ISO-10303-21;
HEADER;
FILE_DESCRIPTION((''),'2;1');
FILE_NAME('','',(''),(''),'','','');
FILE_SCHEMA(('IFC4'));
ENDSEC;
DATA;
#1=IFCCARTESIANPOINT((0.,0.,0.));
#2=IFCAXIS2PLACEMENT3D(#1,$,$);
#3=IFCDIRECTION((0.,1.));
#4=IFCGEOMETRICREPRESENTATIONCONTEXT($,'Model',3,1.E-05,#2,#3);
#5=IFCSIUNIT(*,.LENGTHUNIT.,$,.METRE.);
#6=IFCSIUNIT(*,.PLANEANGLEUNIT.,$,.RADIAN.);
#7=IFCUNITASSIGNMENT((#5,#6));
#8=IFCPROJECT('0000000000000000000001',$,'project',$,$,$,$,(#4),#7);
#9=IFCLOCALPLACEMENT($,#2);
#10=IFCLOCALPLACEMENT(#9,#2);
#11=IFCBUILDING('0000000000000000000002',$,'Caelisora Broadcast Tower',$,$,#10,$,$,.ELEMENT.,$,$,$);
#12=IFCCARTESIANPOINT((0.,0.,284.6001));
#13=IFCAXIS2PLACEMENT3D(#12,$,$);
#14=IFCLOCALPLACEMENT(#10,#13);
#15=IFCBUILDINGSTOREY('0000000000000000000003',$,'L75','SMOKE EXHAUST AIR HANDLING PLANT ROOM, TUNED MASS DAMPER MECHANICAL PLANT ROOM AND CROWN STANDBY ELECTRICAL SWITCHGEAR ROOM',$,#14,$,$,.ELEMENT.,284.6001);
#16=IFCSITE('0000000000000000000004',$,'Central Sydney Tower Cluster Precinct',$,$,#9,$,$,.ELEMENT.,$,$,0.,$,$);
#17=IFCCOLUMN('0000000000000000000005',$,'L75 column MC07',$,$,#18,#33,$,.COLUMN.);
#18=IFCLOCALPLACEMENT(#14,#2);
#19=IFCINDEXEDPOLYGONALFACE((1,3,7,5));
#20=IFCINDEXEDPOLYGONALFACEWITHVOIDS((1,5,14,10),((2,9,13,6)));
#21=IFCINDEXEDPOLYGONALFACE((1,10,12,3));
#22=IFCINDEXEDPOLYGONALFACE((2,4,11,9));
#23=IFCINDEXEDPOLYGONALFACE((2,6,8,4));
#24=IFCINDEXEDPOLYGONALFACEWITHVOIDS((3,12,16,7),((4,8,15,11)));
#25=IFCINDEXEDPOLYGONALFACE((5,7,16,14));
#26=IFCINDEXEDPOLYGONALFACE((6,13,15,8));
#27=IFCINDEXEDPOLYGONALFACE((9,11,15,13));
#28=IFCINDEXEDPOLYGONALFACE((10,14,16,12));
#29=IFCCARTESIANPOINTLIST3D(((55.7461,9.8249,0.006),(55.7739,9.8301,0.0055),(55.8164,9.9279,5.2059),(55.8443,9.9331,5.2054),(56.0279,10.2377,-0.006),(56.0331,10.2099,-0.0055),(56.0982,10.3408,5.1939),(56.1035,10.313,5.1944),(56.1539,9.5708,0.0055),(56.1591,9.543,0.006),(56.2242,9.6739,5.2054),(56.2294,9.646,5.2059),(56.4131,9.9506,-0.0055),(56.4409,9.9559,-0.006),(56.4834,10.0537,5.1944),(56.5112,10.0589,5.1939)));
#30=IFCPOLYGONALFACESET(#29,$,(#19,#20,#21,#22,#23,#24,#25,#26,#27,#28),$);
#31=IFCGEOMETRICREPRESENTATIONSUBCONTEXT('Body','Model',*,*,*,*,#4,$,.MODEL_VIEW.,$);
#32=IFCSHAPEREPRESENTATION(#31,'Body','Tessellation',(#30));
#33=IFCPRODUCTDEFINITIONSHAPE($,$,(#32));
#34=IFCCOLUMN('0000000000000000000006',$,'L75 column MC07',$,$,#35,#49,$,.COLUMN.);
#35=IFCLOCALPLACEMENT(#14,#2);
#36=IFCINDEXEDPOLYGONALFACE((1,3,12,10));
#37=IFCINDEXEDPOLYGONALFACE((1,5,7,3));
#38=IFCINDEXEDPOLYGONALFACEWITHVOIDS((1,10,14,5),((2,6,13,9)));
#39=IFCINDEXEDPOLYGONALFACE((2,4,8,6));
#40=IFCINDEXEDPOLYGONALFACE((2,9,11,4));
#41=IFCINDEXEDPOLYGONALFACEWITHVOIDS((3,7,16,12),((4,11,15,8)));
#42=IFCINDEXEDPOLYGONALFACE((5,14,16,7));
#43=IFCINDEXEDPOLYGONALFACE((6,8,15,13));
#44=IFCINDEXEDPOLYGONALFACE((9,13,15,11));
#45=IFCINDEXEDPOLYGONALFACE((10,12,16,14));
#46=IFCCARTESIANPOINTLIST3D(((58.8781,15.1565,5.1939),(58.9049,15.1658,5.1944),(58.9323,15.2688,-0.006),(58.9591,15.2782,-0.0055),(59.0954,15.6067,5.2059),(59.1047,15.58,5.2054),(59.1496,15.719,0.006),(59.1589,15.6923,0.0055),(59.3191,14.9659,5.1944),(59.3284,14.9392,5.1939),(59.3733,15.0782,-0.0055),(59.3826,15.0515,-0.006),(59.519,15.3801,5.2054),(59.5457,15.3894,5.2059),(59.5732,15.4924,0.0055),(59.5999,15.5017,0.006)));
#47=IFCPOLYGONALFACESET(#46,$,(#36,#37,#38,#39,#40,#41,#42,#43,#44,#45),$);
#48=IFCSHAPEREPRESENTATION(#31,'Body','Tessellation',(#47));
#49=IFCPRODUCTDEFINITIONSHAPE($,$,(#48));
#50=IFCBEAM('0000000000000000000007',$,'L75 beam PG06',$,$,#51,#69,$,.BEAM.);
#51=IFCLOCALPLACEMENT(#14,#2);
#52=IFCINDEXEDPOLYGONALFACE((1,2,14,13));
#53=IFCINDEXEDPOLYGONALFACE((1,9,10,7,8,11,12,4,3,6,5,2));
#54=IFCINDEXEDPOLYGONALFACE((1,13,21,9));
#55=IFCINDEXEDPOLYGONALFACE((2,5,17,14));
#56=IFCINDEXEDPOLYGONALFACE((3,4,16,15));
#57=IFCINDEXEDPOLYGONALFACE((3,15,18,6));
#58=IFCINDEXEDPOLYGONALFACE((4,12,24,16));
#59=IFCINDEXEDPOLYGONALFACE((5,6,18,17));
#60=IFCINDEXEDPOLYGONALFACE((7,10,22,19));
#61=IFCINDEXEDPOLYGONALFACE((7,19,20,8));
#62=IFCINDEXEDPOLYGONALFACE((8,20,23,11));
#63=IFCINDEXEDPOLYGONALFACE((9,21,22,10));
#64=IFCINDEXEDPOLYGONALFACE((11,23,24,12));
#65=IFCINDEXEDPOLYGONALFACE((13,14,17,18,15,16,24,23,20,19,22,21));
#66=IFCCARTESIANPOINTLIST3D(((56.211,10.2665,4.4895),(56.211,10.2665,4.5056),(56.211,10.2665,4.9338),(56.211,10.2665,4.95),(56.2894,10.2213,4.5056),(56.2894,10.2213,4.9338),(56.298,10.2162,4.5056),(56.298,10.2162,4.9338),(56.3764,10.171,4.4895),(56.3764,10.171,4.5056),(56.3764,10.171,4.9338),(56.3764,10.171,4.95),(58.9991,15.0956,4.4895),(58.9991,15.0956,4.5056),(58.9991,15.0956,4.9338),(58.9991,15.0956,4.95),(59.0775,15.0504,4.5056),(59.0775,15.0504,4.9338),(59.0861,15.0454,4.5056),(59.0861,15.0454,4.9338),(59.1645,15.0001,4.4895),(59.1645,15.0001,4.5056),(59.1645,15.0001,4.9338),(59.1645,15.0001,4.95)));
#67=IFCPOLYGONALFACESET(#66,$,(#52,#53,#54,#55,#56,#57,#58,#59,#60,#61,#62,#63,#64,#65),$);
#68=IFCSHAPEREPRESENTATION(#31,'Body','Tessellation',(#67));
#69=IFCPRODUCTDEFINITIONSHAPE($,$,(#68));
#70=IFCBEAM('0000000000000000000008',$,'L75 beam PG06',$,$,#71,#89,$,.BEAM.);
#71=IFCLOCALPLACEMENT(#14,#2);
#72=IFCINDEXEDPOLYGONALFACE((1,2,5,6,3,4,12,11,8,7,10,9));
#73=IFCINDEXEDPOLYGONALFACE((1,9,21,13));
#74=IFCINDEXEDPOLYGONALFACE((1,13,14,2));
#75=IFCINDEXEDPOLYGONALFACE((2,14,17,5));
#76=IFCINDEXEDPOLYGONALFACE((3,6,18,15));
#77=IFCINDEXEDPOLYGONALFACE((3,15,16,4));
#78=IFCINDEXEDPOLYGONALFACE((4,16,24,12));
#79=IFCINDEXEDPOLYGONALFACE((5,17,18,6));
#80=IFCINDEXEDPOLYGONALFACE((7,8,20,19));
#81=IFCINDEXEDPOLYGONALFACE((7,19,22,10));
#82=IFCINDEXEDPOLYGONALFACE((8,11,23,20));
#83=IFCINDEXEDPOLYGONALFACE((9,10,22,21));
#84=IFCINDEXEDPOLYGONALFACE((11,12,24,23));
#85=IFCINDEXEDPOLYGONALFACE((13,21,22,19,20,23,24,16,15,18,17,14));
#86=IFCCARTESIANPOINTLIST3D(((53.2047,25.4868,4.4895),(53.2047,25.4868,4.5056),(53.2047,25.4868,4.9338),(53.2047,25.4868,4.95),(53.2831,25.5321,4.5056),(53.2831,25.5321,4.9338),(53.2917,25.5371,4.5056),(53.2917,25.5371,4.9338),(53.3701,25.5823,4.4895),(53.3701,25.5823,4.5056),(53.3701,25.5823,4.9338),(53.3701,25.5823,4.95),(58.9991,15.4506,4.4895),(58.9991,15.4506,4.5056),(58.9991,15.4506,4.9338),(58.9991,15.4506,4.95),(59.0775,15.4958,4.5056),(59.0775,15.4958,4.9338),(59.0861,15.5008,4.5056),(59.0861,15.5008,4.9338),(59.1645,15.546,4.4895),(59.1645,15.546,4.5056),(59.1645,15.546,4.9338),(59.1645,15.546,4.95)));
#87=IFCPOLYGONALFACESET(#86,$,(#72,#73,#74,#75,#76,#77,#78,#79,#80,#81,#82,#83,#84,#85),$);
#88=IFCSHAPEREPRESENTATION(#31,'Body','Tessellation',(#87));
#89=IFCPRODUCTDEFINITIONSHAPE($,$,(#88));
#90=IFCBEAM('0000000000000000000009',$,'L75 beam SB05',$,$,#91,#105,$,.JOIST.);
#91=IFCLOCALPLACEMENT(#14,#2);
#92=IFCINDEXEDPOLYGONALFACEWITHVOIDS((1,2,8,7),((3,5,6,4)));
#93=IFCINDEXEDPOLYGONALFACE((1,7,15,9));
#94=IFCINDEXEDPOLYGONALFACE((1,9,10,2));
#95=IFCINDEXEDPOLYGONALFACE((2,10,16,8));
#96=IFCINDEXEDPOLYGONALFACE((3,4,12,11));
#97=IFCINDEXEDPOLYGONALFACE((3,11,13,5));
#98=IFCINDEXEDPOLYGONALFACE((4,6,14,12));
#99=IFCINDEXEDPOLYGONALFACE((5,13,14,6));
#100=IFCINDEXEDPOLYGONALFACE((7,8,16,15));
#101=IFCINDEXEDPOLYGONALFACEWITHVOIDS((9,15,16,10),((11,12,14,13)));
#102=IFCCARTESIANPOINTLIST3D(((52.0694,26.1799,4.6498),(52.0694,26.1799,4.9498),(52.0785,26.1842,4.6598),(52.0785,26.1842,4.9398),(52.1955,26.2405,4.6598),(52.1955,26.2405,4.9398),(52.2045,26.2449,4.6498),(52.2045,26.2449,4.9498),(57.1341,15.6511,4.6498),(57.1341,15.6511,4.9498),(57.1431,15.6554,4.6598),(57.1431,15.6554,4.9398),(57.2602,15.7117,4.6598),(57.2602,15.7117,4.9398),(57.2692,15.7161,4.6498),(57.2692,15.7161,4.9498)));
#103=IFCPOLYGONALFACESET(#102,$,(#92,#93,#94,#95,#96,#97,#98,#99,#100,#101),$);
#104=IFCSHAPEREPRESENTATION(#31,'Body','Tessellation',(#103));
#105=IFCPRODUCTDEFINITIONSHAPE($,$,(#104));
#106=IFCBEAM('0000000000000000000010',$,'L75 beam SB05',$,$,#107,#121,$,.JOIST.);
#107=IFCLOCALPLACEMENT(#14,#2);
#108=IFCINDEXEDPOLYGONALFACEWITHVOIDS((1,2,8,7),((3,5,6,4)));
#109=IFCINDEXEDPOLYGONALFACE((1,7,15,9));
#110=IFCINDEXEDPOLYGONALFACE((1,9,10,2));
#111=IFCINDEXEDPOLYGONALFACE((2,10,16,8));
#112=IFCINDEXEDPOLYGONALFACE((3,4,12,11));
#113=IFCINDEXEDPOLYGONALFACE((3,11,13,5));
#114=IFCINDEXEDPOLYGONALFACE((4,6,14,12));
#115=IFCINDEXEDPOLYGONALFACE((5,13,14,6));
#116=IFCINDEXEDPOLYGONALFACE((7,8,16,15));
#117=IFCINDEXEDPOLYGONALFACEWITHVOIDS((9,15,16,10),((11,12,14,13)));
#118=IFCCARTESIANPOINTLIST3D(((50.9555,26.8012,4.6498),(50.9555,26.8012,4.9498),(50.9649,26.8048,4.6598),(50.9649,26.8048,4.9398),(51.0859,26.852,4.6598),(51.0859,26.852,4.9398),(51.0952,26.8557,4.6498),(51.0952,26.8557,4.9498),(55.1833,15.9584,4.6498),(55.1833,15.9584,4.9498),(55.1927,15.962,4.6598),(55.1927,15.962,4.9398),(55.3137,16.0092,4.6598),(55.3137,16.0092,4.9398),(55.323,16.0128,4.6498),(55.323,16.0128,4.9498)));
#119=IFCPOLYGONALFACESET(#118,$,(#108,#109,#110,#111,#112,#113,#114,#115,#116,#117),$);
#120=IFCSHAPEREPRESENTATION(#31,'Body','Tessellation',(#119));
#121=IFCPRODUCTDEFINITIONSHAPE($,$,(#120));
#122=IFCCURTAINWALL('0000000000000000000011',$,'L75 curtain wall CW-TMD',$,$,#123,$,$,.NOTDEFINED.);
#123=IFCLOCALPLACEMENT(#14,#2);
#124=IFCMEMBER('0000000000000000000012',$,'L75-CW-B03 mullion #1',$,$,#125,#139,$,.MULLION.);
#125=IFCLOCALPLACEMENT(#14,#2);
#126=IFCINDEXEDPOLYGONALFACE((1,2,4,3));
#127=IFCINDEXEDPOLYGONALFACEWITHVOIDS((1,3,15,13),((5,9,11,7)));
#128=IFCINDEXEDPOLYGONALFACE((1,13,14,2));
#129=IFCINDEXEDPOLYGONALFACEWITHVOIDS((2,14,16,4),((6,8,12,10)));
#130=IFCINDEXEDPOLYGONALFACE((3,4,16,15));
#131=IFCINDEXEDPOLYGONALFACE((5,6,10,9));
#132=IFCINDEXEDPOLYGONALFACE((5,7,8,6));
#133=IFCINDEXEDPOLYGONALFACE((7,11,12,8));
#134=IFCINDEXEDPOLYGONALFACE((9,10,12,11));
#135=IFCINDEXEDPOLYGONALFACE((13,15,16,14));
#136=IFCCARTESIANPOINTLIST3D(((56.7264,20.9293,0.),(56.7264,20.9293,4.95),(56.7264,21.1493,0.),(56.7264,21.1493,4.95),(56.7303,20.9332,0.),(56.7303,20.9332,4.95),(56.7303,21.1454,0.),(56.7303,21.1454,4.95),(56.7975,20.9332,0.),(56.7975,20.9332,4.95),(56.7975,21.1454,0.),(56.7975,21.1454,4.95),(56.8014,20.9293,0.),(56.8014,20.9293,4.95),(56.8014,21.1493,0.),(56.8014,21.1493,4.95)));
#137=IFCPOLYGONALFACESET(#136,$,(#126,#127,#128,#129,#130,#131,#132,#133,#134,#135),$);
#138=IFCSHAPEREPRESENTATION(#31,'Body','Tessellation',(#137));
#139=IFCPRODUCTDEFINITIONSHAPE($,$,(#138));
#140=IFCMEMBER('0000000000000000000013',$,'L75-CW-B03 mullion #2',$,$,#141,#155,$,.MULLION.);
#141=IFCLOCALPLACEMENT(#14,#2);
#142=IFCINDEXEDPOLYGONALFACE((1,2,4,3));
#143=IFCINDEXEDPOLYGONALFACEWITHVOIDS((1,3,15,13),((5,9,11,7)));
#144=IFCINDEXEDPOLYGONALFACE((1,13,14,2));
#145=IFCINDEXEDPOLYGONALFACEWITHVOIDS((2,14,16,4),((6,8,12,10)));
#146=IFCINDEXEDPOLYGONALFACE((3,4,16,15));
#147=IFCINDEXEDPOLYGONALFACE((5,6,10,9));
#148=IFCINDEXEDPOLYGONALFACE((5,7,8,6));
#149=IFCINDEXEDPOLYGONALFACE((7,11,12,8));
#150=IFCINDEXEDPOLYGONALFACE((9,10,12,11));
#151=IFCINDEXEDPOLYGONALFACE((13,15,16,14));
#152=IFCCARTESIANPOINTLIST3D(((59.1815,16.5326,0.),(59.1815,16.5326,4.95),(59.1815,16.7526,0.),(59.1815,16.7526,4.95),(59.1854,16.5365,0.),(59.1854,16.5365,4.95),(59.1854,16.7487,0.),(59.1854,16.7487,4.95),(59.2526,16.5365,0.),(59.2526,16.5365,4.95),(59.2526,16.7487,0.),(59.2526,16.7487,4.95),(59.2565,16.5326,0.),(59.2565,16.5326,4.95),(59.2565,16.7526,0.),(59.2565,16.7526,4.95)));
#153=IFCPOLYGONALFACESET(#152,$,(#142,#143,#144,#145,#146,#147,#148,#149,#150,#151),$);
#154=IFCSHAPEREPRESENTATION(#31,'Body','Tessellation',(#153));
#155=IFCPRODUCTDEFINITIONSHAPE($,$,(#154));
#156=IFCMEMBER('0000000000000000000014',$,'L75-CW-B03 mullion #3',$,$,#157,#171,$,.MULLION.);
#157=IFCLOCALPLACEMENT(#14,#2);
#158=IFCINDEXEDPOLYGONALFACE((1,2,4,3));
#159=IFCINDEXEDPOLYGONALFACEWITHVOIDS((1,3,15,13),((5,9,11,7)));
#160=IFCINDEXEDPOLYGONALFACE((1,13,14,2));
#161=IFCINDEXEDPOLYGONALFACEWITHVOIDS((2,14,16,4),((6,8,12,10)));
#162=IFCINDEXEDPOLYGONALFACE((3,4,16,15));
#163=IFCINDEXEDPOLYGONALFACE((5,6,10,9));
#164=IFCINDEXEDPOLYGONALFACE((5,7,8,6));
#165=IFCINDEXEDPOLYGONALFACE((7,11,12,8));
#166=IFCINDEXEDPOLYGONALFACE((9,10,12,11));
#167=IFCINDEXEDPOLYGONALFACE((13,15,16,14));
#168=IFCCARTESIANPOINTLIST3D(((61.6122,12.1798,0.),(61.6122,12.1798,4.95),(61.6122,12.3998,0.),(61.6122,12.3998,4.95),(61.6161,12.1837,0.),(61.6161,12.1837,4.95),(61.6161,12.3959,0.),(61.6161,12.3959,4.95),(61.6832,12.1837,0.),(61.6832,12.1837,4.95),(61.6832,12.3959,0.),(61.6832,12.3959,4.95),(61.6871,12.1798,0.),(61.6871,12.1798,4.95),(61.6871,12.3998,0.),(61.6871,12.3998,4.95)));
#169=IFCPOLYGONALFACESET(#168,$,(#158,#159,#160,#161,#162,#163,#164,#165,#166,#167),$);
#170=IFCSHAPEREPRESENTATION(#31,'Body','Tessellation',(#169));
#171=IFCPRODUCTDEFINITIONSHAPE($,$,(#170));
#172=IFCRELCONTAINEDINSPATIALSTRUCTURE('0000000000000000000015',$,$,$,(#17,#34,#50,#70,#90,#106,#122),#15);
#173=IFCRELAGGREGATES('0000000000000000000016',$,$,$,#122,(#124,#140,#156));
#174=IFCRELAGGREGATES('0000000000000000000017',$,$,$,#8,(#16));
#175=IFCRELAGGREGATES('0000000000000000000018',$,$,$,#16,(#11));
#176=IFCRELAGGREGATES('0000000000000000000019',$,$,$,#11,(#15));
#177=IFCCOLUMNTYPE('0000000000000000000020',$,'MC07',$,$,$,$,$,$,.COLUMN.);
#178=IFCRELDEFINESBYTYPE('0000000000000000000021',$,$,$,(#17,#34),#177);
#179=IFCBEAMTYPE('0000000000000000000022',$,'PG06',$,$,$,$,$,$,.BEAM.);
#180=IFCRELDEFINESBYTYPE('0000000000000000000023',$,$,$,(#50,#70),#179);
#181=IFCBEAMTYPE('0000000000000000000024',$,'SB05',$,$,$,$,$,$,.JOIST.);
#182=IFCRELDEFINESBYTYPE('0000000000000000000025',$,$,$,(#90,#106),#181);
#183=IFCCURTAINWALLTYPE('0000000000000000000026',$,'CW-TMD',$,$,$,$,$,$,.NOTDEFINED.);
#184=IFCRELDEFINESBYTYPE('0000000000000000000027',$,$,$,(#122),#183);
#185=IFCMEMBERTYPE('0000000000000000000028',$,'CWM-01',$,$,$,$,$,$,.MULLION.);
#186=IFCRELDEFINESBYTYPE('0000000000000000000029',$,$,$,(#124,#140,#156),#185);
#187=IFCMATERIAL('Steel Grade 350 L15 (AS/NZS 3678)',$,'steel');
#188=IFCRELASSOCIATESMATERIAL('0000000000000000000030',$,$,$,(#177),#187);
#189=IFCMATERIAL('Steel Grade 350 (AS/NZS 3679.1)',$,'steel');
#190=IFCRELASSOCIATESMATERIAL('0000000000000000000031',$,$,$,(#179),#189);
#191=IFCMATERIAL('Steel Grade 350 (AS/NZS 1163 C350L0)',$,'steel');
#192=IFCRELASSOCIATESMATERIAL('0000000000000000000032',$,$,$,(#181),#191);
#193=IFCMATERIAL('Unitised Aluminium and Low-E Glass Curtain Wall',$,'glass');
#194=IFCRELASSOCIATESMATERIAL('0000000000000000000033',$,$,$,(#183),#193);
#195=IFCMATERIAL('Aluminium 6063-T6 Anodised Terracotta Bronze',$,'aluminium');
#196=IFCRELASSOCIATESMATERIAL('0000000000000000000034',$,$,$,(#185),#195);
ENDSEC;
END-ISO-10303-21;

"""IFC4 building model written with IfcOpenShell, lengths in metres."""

from ifc_helpers import new_model, si_unit, direction, frame, origin, origin_2d, place, context, subcontext, project, spatial, hollow_rectangle, i_section, extrude, source, transform, mapped, material, material_profile, profile_set, type_object, type_shapes, element, aggregate, save


model = new_model("IFC4")

# Units and contexts
model_context = context("Model", 3, precision=1e-05, world=origin(), true_north=direction((0.0, 1.0)))
body_context = subcontext(model_context, "Body", "Model", "MODEL_VIEW")
ifc_project = project(units=[si_unit("LENGTHUNIT", "METRE"), si_unit("PLANEANGLEUNIT", "RADIAN")], contexts=[model_context])

# Site, building, storey
site_placement = place(None, origin())
site = spatial("IfcSite", under=ifc_project, at=site_placement, Name="Central Sydney Tower Cluster Precinct", CompositionType="ELEMENT", RefElevation=0.0)
building_placement = place(site_placement, origin())
building = spatial("IfcBuilding", under=site, at=building_placement, Name="Caelisora Broadcast Tower", CompositionType="ELEMENT")
storey_placement = place(building_placement, frame((0.0, 0.0, 284.6001)))
storey = spatial("IfcBuildingStorey", under=building, at=storey_placement, Name="L75", Description="SMOKE EXHAUST AIR HANDLING PLANT ROOM, TUNED MASS DAMPER MECHANICAL PLANT ROOM AND CROWN STANDBY ELECTRICAL SWITCHGEAR ROOM", CompositionType="ELEMENT", Elevation=284.6001)

# Columns
ifc_material_1 = material(Name="Steel Grade 350 L15 (AS/NZS 3678)", Category="steel")
ifc_material_profile_1 = material_profile(ifc_material_1, hollow_rectangle(XDim=0.5, YDim=0.5, WallThickness=0.02, at=origin_2d()), Name="Steel Grade 350 L15 (AS/NZS 3678)")
ifc_profile_set_1 = profile_set([ifc_material_profile_1], Name="Steel Grade 350 L15 (AS/NZS 3678)")
column_type = type_object("IfcColumnType", Name="MC07", PredefinedType="COLUMN", material=ifc_profile_set_1)
shared_shape_1 = source(origin(), body_context, "Body", "SweptSolid", [
    extrude(hollow_rectangle(XDim=0.5, YDim=0.5, WallThickness=0.02, at=origin_2d()), origin(), (0.0, 0.0, 1.0), 5.2014),
])
type_shapes(column_type, [shared_shape_1])
for number, where, z_axis, x_axis, name in (
    (1, (56.0935, 9.8904, 0.0), (0.013518, 0.019807, 0.999712), (-0.825979, 0.563701, 0.0), "L75 column MC07"),
    (2, (59.2661, 15.3853, 0.0), (-0.01042, -0.021591, 0.999713), (0.900604, -0.43464, 0.0), "L75 column MC07"),
):
    element("IfcColumn", number, at=place(storey_placement, frame(where, z_axis=z_axis, x_axis=x_axis)), inside=storey, type_object=column_type, Name=name, PredefinedType="COLUMN", context=body_context, shape_type="MappedRepresentation", body=[
        mapped(shared_shape_1, transform((0.0, 0.0, 0.0), scale=1.0)),
    ])

# Beams
ifc_material_2 = material(Name="Steel Grade 350 (AS/NZS 3679.1)", Category="steel")
ifc_material_profile_2 = material_profile(ifc_material_2, i_section(OverallWidth=0.1909, OverallDepth=0.4604, WebThickness=0.01, FlangeThickness=0.0161, at=origin_2d()), Name="Steel Grade 350 (AS/NZS 3679.1)")
ifc_profile_set_2 = profile_set([ifc_material_profile_2], Name="Steel Grade 350 (AS/NZS 3679.1)")
beam_type_1 = type_object("IfcBeamType", Name="PG06", PredefinedType="BEAM", material=ifc_profile_set_2)
shared_shape_2 = source(origin(), body_context, "Body", "SweptSolid", [
    extrude(i_section(OverallWidth=0.1909, OverallDepth=0.4604, WebThickness=0.01, FlangeThickness=0.0161, at=origin_2d()), origin(), (0.0, 0.0, 1.0), 5.5762),
])
beam_1_placement = place(storey_placement, frame((56.2937, 10.2188, 4.7197), z_axis=(0.5, 0.866025, 0.0), x_axis=(-0.866025, 0.5, 0.0)))
element("IfcBeam", 3, at=beam_1_placement, inside=storey, type_object=beam_type_1, Name="L75 beam PG06", PredefinedType="BEAM", context=body_context, shape_type="MappedRepresentation", body=[
    mapped(shared_shape_2, transform((0.0, 0.0, 0.0), scale=1.0)),
])
shared_shape_3 = source(origin(), body_context, "Body", "SweptSolid", [
    extrude(i_section(OverallWidth=0.1909, OverallDepth=0.4604, WebThickness=0.01, FlangeThickness=0.0161, at=origin_2d()), origin(), (0.0, 0.0, 1.0), 11.5889),
])
type_shapes(beam_type_1, [shared_shape_2, shared_shape_3])
beam_2_placement = place(storey_placement, frame((59.0818, 15.4983, 4.7197), z_axis=(-0.499995, 0.866028, 0.0), x_axis=(-0.866028, -0.499995, 0.0)))
element("IfcBeam", 4, at=beam_2_placement, inside=storey, type_object=beam_type_1, Name="L75 beam PG06", PredefinedType="BEAM", context=body_context, shape_type="MappedRepresentation", body=[
    mapped(shared_shape_3, transform((0.0, 0.0, 0.0), scale=1.0)),
])
ifc_material_3 = material(Name="Steel Grade 350 (AS/NZS 1163 C350L0)", Category="steel")
ifc_material_profile_3 = material_profile(ifc_material_3, hollow_rectangle(XDim=0.1499, YDim=0.3, WallThickness=0.01, at=origin_2d()), Name="Steel Grade 350 (AS/NZS 1163 C350L0)")
ifc_profile_set_3 = profile_set([ifc_material_profile_3], Name="Steel Grade 350 (AS/NZS 1163 C350L0)")
beam_type_2 = type_object("IfcBeamType", Name="SB05", PredefinedType="JOIST", material=ifc_profile_set_3)
shared_shape_4 = source(origin(), body_context, "Body", "SweptSolid", [
    extrude(hollow_rectangle(XDim=0.1499, YDim=0.3, WallThickness=0.01, at=origin_2d()), origin(), (0.0, 0.0, 1.0), 11.6836),
])
beam_3_placement = place(storey_placement, frame((57.2017, 15.6836, 4.7998), z_axis=(-0.433487, 0.90116, 0.0), x_axis=(-0.90116, -0.433487, 0.0)))
element("IfcBeam", 5, at=beam_3_placement, inside=storey, type_object=beam_type_2, Name="L75 beam SB05", PredefinedType="JOIST", context=body_context, shape_type="MappedRepresentation", body=[
    mapped(shared_shape_4, transform((0.0, 0.0, 0.0), scale=1.0)),
])
shared_shape_5 = source(origin(), body_context, "Body", "SweptSolid", [
    extrude(hollow_rectangle(XDim=0.1499, YDim=0.3, WallThickness=0.01, at=origin_2d()), origin(), (0.0, 0.0, 1.0), 11.6379),
])
type_shapes(beam_type_2, [shared_shape_4, shared_shape_5])
beam_4_placement = place(storey_placement, frame((55.2532, 15.9856, 4.7998), z_axis=(-0.363278, 0.931681, 0.0), x_axis=(-0.931681, -0.363278, 0.0)))
element("IfcBeam", 6, at=beam_4_placement, inside=storey, type_object=beam_type_2, Name="L75 beam SB05", PredefinedType="JOIST", context=body_context, shape_type="MappedRepresentation", body=[
    mapped(shared_shape_5, transform((0.0, 0.0, 0.0), scale=1.0)),
])

# Curtain wall, members
ifc_material_4 = material(Name="Unitised Aluminium and Low-E Glass Curtain Wall", Category="glass")
curtain_wall_type = type_object("IfcCurtainWallType", Name="CW-TMD", PredefinedType="NOTDEFINED", material=ifc_material_4)
curtain_wall_1_placement = place(storey_placement, origin())
curtain_wall_1 = element("IfcCurtainWall", 7, at=curtain_wall_1_placement, inside=storey, type_object=curtain_wall_type, Name="L75 curtain wall CW-TMD", PredefinedType="NOTDEFINED")
ifc_material_5 = material(Name="Aluminium 6063-T6 Anodised Terracotta Bronze", Category="aluminium")
ifc_material_profile_4 = material_profile(ifc_material_5, hollow_rectangle(XDim=0.075, YDim=0.22, WallThickness=0.0039, at=origin_2d()), Name="Aluminium 6063-T6 Anodised Terracotta Bronze")
ifc_profile_set_4 = profile_set([ifc_material_profile_4], Name="Aluminium 6063-T6 Anodised Terracotta Bronze")
member_type_1 = type_object("IfcMemberType", Name="CWM-01", PredefinedType="MULLION", material=ifc_profile_set_4)
shared_shape_6 = source(origin(), body_context, "Body", "SweptSolid", [
    extrude(hollow_rectangle(XDim=0.075, YDim=0.22, WallThickness=0.0039, at=origin_2d()), origin(), (0.0, 0.0, 1.0), 4.95),
])
type_shapes(member_type_1, [shared_shape_6])
member_1_placement = place(storey_placement, frame((56.7639, 21.0393, 0.0), z_axis=(0.0, 0.0, 1.0), x_axis=(1.0, 0.0, 0.0)))
member_1 = element("IfcMember", 8, at=member_1_placement, type_object=member_type_1, Name="L75-CW-B03 mullion #1", PredefinedType="MULLION", context=body_context, shape_type="MappedRepresentation", body=[
    mapped(shared_shape_6, transform((0.0, 0.0, 0.0), scale=1.0)),
])
member_2_placement = place(storey_placement, frame((59.219, 16.6426, 0.0), z_axis=(0.0, 0.0, 1.0), x_axis=(1.0, 0.0, 0.0)))
member_2 = element("IfcMember", 9, at=member_2_placement, type_object=member_type_1, Name="L75-CW-B03 mullion #2", PredefinedType="MULLION", context=body_context, shape_type="MappedRepresentation", body=[
    mapped(shared_shape_6, transform((0.0, 0.0, 0.0), scale=1.0)),
])
member_3_placement = place(storey_placement, frame((61.6497, 12.2898, 0.0), z_axis=(0.0, 0.0, 1.0), x_axis=(1.0, 0.0, 0.0)))
member_3 = element("IfcMember", 10, at=member_3_placement, type_object=member_type_1, Name="L75-CW-B03 mullion #3", PredefinedType="MULLION", context=body_context, shape_type="MappedRepresentation", body=[
    mapped(shared_shape_6, transform((0.0, 0.0, 0.0), scale=1.0)),
])

aggregate(curtain_wall_1, [member_1, member_2, member_3])

save(model, "model.ifc")
